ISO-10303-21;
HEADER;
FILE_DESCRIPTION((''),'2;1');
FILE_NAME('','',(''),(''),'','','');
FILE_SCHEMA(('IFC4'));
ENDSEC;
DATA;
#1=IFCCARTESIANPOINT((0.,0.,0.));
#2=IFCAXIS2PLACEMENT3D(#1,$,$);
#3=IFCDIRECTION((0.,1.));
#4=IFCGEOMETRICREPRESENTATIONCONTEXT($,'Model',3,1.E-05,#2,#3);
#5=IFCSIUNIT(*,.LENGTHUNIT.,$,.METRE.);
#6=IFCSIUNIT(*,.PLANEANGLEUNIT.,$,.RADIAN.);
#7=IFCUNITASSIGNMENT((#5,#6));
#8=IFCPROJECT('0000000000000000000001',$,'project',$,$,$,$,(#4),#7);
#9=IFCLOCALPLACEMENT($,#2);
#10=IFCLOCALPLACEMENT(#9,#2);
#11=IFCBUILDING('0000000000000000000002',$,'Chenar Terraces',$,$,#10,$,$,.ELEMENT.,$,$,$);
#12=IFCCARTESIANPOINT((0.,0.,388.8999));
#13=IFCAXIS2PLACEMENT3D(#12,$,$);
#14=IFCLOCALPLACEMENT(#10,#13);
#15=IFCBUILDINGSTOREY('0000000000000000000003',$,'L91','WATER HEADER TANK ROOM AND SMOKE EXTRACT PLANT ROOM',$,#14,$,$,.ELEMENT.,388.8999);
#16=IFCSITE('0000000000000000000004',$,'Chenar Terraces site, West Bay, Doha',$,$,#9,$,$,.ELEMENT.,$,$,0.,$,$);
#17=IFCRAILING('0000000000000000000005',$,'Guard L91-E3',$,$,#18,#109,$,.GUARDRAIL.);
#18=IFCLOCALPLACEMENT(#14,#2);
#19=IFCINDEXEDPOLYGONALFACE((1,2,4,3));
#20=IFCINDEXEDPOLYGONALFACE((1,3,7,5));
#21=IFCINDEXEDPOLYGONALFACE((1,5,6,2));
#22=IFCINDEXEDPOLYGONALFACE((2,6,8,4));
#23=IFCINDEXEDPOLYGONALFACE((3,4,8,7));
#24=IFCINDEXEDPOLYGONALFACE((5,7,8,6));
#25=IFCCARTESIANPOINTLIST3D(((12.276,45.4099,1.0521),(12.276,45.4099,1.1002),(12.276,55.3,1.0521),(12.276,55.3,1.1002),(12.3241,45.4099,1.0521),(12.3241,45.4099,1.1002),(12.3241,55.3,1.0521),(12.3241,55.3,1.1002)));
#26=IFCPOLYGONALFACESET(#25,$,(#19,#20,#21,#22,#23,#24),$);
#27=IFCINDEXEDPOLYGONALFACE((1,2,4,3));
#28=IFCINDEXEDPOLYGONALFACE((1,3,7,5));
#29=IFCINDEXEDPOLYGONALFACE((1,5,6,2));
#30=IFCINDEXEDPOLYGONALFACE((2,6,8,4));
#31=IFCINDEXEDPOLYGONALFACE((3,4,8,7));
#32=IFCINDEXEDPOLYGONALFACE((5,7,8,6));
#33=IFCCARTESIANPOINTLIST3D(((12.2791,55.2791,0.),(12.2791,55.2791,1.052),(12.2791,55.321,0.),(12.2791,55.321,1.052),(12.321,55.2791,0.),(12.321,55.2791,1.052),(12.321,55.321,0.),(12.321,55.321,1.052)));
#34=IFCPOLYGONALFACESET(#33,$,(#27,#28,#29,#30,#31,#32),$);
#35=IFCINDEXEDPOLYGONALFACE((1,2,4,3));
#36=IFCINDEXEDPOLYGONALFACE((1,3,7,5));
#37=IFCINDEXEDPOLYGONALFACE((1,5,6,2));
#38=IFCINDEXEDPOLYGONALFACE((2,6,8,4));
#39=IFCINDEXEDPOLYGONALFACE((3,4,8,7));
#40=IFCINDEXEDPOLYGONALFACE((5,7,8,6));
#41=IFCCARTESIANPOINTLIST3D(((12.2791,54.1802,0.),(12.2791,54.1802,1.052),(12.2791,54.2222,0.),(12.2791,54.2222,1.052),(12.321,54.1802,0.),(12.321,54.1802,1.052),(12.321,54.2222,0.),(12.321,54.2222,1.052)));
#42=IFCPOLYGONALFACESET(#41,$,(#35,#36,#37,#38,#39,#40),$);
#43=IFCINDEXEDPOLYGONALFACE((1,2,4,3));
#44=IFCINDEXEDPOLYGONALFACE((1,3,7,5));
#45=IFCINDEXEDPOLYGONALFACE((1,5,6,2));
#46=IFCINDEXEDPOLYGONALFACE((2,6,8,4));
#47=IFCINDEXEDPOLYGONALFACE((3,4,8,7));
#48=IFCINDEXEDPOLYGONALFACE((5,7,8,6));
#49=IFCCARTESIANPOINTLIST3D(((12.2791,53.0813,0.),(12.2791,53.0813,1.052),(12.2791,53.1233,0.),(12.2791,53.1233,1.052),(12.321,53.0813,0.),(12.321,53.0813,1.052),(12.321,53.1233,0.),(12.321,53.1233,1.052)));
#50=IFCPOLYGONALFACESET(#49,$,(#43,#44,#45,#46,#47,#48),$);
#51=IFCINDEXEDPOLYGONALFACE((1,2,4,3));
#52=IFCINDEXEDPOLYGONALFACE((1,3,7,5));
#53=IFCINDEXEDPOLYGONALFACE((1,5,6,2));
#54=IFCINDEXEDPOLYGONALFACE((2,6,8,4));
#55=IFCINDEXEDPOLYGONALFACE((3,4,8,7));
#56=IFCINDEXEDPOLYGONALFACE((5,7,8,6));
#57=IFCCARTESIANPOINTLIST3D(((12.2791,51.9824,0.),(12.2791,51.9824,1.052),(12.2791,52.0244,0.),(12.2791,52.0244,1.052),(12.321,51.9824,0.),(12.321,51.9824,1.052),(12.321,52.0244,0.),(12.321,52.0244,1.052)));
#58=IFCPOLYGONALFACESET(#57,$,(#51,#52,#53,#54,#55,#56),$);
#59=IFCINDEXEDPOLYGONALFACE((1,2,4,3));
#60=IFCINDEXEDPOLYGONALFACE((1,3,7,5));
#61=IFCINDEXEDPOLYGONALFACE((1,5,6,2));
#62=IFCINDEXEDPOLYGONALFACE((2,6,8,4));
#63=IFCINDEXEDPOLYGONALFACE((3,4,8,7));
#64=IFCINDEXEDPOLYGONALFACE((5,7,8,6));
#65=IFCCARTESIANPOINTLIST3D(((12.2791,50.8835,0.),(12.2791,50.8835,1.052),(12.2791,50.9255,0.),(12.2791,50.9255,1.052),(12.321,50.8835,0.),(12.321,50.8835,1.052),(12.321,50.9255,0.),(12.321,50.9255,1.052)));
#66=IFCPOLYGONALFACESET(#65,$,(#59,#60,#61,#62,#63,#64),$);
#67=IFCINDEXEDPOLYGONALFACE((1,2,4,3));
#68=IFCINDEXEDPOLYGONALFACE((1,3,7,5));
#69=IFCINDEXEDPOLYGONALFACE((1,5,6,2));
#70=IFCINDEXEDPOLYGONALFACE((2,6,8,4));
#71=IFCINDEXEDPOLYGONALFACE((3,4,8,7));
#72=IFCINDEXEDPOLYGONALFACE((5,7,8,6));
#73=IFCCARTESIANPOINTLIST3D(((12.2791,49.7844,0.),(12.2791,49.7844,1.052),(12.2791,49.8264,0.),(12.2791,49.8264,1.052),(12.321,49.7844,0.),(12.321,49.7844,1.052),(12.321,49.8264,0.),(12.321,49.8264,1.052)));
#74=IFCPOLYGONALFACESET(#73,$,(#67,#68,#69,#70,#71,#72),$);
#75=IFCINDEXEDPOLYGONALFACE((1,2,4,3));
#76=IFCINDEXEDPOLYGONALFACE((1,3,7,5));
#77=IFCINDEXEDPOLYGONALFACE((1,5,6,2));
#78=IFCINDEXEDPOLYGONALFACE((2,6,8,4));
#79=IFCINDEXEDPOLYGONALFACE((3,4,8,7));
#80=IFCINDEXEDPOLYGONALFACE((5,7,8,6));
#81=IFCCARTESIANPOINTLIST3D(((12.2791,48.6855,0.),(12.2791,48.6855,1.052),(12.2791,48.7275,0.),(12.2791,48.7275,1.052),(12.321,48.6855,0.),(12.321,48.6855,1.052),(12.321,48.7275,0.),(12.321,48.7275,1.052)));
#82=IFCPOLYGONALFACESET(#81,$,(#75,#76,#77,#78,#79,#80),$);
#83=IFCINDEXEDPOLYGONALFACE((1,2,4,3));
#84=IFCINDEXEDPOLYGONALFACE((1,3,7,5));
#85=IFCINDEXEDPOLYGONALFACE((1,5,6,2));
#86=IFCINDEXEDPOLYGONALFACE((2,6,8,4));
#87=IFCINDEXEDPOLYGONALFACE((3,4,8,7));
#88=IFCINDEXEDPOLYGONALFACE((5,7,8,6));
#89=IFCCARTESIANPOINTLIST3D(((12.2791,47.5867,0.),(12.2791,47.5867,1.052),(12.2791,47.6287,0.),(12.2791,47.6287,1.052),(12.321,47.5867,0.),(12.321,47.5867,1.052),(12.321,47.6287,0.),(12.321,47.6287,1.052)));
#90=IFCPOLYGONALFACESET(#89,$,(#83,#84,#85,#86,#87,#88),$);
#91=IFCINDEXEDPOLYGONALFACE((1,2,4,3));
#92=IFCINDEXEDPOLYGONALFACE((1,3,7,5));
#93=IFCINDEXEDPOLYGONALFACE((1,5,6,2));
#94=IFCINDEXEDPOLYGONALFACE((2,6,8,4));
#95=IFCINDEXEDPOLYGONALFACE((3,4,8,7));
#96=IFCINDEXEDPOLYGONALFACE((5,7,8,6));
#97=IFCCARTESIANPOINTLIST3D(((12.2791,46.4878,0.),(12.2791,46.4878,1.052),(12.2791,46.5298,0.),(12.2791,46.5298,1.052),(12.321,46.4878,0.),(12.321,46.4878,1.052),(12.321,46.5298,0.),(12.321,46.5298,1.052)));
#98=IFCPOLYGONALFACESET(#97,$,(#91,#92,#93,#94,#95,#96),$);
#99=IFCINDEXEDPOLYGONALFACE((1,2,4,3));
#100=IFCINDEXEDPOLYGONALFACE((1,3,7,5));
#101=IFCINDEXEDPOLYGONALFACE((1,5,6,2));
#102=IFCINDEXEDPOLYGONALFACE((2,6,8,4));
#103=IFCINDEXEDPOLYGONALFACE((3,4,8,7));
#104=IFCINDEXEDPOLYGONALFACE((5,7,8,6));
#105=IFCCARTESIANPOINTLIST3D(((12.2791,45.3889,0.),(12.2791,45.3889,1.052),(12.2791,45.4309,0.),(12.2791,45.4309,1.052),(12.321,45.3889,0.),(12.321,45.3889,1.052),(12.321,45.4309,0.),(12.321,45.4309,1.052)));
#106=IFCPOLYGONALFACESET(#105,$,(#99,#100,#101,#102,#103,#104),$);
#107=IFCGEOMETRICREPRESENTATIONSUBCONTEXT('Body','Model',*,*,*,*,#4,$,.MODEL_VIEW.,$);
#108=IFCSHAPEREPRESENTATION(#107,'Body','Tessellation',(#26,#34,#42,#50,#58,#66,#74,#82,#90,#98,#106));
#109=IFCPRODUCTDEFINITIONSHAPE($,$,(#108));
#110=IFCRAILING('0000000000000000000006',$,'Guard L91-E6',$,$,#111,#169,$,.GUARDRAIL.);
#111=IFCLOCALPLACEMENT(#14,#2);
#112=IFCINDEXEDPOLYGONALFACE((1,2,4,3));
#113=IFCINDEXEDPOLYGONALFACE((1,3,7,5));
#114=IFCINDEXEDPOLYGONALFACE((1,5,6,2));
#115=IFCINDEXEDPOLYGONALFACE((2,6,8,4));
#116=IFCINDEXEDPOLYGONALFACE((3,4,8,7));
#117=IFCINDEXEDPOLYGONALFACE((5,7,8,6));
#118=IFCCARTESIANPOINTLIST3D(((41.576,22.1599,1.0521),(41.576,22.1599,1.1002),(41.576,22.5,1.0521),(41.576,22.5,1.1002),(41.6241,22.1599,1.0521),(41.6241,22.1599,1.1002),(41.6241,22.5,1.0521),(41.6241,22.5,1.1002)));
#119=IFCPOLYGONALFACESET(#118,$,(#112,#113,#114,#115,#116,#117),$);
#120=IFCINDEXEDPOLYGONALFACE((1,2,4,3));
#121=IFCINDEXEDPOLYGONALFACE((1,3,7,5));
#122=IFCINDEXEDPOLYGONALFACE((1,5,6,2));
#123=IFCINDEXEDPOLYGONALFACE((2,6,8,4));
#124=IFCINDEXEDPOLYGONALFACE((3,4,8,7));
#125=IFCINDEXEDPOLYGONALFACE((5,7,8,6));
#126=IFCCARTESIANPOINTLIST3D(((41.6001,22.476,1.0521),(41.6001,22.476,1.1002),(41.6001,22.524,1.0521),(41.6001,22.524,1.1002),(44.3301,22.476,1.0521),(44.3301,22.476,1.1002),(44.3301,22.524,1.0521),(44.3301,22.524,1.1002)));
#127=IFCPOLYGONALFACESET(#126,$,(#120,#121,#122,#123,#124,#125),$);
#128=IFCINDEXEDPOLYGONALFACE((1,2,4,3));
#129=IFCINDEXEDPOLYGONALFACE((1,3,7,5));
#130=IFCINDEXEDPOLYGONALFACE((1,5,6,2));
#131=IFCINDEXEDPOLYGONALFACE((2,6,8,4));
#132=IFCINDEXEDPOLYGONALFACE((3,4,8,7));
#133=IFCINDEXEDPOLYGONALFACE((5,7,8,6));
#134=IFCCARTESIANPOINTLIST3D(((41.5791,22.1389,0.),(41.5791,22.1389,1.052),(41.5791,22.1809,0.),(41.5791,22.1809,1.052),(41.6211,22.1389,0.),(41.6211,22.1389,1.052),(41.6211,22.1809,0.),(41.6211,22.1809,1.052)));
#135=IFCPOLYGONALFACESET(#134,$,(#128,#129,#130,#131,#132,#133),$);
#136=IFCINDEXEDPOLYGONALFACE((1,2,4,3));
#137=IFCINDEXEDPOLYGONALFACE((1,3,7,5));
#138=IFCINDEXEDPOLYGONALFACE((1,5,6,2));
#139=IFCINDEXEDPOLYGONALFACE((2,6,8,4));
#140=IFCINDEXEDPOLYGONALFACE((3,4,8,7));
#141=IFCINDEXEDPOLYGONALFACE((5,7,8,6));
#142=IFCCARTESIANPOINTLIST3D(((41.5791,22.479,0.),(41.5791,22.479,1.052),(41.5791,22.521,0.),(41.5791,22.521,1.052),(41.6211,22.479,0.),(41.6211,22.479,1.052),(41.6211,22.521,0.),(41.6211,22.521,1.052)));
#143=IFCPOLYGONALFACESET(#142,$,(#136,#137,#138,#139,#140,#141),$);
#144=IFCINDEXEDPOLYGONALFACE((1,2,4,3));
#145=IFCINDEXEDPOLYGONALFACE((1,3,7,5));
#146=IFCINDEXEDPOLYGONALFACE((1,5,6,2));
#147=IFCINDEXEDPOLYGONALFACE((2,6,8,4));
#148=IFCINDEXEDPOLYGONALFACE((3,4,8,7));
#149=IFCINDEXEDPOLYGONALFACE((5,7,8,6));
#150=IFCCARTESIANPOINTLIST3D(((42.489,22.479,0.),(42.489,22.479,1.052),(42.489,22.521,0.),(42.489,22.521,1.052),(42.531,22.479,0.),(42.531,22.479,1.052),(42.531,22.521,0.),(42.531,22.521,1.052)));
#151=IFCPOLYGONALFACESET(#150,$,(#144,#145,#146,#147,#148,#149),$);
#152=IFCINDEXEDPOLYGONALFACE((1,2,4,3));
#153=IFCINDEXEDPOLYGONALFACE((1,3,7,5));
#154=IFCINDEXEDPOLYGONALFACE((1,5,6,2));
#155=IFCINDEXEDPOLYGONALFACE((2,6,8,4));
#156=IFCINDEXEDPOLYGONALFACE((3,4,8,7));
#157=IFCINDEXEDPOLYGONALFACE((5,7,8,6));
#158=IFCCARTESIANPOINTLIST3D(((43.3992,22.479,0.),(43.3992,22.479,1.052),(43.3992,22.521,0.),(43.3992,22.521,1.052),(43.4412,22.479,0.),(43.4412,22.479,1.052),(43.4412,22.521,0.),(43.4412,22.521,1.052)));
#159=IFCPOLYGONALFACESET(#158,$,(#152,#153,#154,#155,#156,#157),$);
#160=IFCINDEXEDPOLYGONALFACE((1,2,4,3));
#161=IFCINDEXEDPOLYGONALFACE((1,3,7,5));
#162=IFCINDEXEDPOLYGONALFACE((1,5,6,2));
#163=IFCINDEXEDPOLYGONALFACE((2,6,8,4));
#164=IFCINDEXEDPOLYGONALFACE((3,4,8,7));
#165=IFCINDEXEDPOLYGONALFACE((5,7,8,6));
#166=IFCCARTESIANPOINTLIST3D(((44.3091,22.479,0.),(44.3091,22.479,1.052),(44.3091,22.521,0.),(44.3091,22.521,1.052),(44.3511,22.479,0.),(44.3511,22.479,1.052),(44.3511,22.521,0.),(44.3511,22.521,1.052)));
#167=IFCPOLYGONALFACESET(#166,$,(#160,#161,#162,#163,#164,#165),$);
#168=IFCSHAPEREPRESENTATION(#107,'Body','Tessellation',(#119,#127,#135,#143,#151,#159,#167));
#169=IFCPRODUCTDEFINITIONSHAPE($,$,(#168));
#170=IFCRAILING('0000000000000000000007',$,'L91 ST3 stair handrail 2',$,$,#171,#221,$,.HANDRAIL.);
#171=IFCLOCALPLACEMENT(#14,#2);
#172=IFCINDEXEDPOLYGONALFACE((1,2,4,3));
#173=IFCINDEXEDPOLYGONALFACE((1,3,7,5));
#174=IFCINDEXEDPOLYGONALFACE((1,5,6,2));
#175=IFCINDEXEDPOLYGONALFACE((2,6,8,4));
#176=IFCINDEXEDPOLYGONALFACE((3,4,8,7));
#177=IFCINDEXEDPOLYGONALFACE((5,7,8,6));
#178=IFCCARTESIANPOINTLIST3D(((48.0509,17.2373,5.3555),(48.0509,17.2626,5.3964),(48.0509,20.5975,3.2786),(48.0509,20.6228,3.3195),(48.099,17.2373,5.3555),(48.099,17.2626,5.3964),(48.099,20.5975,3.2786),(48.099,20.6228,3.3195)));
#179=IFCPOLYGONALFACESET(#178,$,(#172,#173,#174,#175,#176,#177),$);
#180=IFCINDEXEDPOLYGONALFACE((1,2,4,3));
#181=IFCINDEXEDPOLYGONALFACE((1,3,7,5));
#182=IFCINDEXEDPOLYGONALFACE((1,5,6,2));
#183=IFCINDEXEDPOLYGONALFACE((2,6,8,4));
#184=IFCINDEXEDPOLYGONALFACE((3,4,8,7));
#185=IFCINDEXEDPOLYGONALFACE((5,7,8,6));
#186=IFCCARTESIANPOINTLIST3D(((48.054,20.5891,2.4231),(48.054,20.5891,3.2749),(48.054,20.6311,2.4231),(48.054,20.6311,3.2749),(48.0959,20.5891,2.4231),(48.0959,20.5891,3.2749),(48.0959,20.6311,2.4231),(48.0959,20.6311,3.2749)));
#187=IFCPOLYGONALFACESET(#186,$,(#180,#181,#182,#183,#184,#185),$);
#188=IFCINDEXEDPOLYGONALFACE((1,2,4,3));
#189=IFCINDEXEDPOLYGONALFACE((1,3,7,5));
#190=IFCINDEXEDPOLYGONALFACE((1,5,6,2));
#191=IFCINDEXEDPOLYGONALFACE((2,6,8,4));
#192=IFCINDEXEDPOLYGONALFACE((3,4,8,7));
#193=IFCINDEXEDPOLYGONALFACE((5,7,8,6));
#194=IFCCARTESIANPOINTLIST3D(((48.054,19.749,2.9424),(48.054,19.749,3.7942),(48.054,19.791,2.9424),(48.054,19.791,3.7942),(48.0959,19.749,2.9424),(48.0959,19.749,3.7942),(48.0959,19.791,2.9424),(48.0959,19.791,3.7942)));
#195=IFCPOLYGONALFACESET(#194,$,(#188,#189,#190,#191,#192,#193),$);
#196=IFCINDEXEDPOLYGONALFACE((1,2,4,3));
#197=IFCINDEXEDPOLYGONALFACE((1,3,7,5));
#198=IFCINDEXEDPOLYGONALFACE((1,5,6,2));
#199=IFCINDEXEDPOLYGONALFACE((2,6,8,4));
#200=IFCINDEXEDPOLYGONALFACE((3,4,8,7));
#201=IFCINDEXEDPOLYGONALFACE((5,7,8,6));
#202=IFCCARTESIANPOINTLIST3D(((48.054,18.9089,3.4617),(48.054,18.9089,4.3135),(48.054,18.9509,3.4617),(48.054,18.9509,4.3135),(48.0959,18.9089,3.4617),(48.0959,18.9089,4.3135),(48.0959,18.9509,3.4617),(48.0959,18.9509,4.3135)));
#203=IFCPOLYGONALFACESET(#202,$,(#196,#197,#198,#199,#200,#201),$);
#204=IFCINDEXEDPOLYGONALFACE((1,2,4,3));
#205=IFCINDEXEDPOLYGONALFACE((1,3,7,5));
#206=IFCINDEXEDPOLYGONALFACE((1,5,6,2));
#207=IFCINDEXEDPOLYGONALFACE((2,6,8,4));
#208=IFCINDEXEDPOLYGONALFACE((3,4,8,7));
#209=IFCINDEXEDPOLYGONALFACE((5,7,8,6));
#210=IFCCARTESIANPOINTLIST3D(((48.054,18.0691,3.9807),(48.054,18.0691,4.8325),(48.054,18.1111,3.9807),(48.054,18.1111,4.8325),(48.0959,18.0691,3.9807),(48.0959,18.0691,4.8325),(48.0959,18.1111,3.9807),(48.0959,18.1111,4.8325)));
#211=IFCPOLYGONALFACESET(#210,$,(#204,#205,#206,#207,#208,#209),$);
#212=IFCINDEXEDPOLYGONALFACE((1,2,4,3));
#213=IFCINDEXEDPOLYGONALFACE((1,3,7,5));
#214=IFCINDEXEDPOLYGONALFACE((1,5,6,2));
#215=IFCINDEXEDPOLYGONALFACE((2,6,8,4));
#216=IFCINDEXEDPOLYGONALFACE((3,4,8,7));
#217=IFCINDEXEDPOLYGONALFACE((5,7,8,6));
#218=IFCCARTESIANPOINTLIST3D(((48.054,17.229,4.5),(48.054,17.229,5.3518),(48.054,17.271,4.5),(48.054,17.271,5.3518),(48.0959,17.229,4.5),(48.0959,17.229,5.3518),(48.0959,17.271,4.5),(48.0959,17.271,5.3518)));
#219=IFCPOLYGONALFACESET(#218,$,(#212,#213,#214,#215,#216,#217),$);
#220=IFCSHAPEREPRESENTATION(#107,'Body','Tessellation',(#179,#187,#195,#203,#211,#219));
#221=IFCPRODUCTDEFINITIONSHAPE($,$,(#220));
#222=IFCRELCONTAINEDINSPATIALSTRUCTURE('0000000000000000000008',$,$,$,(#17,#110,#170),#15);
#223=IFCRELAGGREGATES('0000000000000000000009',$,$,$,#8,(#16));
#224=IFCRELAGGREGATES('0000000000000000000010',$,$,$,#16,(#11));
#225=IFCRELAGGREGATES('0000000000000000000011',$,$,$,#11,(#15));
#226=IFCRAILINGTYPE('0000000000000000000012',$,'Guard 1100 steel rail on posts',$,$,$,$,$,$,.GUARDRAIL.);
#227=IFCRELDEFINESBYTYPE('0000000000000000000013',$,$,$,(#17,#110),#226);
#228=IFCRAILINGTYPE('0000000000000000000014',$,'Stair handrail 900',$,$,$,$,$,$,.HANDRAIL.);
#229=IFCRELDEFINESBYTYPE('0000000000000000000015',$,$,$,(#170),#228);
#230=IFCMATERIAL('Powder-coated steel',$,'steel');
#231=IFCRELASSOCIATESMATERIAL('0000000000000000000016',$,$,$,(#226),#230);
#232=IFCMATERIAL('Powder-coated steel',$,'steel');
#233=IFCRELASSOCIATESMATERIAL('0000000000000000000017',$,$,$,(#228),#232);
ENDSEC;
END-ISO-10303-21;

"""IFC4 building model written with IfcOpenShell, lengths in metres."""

from ifc_helpers import new_model, si_unit, direction, frame, origin, origin_2d, place, context, subcontext, project, spatial, rectangle, extrude, material, type_object, element, save


model = new_model("IFC4")

# Units and contexts
model_context = context("Model", 3, precision=1e-05, world=origin(), true_north=direction((0.0, 1.0)))
body_context = subcontext(model_context, "Body", "Model", "MODEL_VIEW")
ifc_project = project(units=[si_unit("LENGTHUNIT", "METRE"), si_unit("PLANEANGLEUNIT", "RADIAN")], contexts=[model_context])

# Site, building, storey
site_placement = place(None, origin())
site = spatial("IfcSite", under=ifc_project, at=site_placement, Name="Chenar Terraces site, West Bay, Doha", CompositionType="ELEMENT", RefElevation=0.0)
building_placement = place(site_placement, origin())
building = spatial("IfcBuilding", under=site, at=building_placement, Name="Chenar Terraces", CompositionType="ELEMENT")
storey_placement = place(building_placement, frame((0.0, 0.0, 388.8999)))
storey = spatial("IfcBuildingStorey", under=building, at=storey_placement, Name="L91", Description="WATER HEADER TANK ROOM AND SMOKE EXTRACT PLANT ROOM", CompositionType="ELEMENT", Elevation=388.8999)

# Railings
ifc_material_1 = material(Name="Powder-coated steel", Category="steel")
railing_type_1 = type_object("IfcRailingType", Name="Guard 1100 steel rail on posts", PredefinedType="GUARDRAIL", material=ifc_material_1)
railing_1_placement = place(storey_placement, frame((12.3, 55.3, 0.0)))
element("IfcRailing", 1, at=railing_1_placement, inside=storey, type_object=railing_type_1, Name="Guard L91-E3", PredefinedType="GUARDRAIL", context=body_context, shape_type="SweptSolid", body=[
    extrude(rectangle(XDim=0.0481, YDim=0.0481, at=origin_2d()), frame((0.0, 0.0, 1.0762), z_axis=(0.0, -1.0, 0.0), x_axis=(1.0, 0.0, 0.0)), (0.0, 0.0, 1.0), 9.8901),
    extrude(rectangle(XDim=0.042, YDim=0.042, at=origin_2d()), origin(), (0.0, 0.0, 1.0), 1.052),
    extrude(rectangle(XDim=0.042, YDim=0.042, at=origin_2d()), frame((0.0, -1.0989, 0.0)), (0.0, 0.0, 1.0), 1.052),
    extrude(rectangle(XDim=0.042, YDim=0.042, at=origin_2d()), frame((0.0, -2.1978, 0.0)), (0.0, 0.0, 1.0), 1.052),
    extrude(rectangle(XDim=0.042, YDim=0.042, at=origin_2d()), frame((0.0, -3.2966, 0.0)), (0.0, 0.0, 1.0), 1.052),
    extrude(rectangle(XDim=0.042, YDim=0.042, at=origin_2d()), frame((0.0, -4.3955, 0.0)), (0.0, 0.0, 1.0), 1.052),
    extrude(rectangle(XDim=0.042, YDim=0.042, at=origin_2d()), frame((0.0, -5.4946, 0.0)), (0.0, 0.0, 1.0), 1.052),
    extrude(rectangle(XDim=0.042, YDim=0.042, at=origin_2d()), frame((0.0, -6.5935, 0.0)), (0.0, 0.0, 1.0), 1.052),
    extrude(rectangle(XDim=0.042, YDim=0.042, at=origin_2d()), frame((0.0, -7.6924, 0.0)), (0.0, 0.0, 1.0), 1.052),
    extrude(rectangle(XDim=0.042, YDim=0.042, at=origin_2d()), frame((0.0, -8.7913, 0.0)), (0.0, 0.0, 1.0), 1.052),
    extrude(rectangle(XDim=0.042, YDim=0.042, at=origin_2d()), frame((0.0, -9.8901, 0.0)), (0.0, 0.0, 1.0), 1.052),
])
railing_2_placement = place(storey_placement, frame((41.6001, 22.1599, 0.0)))
element("IfcRailing", 2, at=railing_2_placement, inside=storey, type_object=railing_type_1, Name="Guard L91-E6", PredefinedType="GUARDRAIL", context=body_context, shape_type="SweptSolid", body=[
    extrude(rectangle(XDim=0.0481, YDim=0.0481, at=origin_2d()), frame((0.0, 0.0, 1.0762), z_axis=(0.0, 1.0, 0.0), x_axis=(-1.0, 0.0, 0.0)), (0.0, 0.0, 1.0), 0.3401),
    extrude(rectangle(XDim=0.0481, YDim=0.0481, at=origin_2d()), frame((0.0, 0.3401, 1.0762), z_axis=(1.0, 0.0, 0.0), x_axis=(0.0, 1.0, 0.0)), (0.0, 0.0, 1.0), 2.73),
    extrude(rectangle(XDim=0.042, YDim=0.042, at=origin_2d()), origin(), (0.0, 0.0, 1.0), 1.052),
    extrude(rectangle(XDim=0.042, YDim=0.042, at=origin_2d()), frame((0.0, 0.3401, 0.0)), (0.0, 0.0, 1.0), 1.052),
    extrude(rectangle(XDim=0.042, YDim=0.042, at=origin_2d()), frame((0.9099, 0.3401, 0.0)), (0.0, 0.0, 1.0), 1.052),
    extrude(rectangle(XDim=0.042, YDim=0.042, at=origin_2d()), frame((1.8201, 0.3401, 0.0)), (0.0, 0.0, 1.0), 1.052),
    extrude(rectangle(XDim=0.042, YDim=0.042, at=origin_2d()), frame((2.73, 0.3401, 0.0)), (0.0, 0.0, 1.0), 1.052),
])
ifc_material_2 = material(Name="Powder-coated steel", Category="steel")
railing_type_2 = type_object("IfcRailingType", Name="Stair handrail 900", PredefinedType="HANDRAIL", material=ifc_material_2)
railing_3_placement = place(storey_placement, frame((48.075, 20.6101, 2.4231)))
element("IfcRailing", 3, at=railing_3_placement, inside=storey, type_object=railing_type_2, Name="L91 ST3 stair handrail 2", PredefinedType="HANDRAIL", context=body_context, shape_type="SweptSolid", body=[
    extrude(rectangle(XDim=0.0481, YDim=0.0481, at=origin_2d()), frame((0.0, 0.0, 0.876), z_axis=(0.0, -0.850623, 0.525776), x_axis=(1.0, 0.0, 0.0)), (0.0, 0.0, 1.0), 3.9502),
    extrude(rectangle(XDim=0.042, YDim=0.042, at=origin_2d()), origin(), (0.0, 0.0, 1.0), 0.8518),
    extrude(rectangle(XDim=0.042, YDim=0.042, at=origin_2d()), frame((0.0, -0.8401, 0.5193)), (0.0, 0.0, 1.0), 0.8518),
    extrude(rectangle(XDim=0.042, YDim=0.042, at=origin_2d()), frame((0.0, -1.6802, 1.0386)), (0.0, 0.0, 1.0), 0.8518),
    extrude(rectangle(XDim=0.042, YDim=0.042, at=origin_2d()), frame((0.0, -2.52, 1.5576)), (0.0, 0.0, 1.0), 0.8518),
    extrude(rectangle(XDim=0.042, YDim=0.042, at=origin_2d()), frame((0.0, -3.3601, 2.0769)), (0.0, 0.0, 1.0), 0.8518),
])

save(model, "model.ifc")
